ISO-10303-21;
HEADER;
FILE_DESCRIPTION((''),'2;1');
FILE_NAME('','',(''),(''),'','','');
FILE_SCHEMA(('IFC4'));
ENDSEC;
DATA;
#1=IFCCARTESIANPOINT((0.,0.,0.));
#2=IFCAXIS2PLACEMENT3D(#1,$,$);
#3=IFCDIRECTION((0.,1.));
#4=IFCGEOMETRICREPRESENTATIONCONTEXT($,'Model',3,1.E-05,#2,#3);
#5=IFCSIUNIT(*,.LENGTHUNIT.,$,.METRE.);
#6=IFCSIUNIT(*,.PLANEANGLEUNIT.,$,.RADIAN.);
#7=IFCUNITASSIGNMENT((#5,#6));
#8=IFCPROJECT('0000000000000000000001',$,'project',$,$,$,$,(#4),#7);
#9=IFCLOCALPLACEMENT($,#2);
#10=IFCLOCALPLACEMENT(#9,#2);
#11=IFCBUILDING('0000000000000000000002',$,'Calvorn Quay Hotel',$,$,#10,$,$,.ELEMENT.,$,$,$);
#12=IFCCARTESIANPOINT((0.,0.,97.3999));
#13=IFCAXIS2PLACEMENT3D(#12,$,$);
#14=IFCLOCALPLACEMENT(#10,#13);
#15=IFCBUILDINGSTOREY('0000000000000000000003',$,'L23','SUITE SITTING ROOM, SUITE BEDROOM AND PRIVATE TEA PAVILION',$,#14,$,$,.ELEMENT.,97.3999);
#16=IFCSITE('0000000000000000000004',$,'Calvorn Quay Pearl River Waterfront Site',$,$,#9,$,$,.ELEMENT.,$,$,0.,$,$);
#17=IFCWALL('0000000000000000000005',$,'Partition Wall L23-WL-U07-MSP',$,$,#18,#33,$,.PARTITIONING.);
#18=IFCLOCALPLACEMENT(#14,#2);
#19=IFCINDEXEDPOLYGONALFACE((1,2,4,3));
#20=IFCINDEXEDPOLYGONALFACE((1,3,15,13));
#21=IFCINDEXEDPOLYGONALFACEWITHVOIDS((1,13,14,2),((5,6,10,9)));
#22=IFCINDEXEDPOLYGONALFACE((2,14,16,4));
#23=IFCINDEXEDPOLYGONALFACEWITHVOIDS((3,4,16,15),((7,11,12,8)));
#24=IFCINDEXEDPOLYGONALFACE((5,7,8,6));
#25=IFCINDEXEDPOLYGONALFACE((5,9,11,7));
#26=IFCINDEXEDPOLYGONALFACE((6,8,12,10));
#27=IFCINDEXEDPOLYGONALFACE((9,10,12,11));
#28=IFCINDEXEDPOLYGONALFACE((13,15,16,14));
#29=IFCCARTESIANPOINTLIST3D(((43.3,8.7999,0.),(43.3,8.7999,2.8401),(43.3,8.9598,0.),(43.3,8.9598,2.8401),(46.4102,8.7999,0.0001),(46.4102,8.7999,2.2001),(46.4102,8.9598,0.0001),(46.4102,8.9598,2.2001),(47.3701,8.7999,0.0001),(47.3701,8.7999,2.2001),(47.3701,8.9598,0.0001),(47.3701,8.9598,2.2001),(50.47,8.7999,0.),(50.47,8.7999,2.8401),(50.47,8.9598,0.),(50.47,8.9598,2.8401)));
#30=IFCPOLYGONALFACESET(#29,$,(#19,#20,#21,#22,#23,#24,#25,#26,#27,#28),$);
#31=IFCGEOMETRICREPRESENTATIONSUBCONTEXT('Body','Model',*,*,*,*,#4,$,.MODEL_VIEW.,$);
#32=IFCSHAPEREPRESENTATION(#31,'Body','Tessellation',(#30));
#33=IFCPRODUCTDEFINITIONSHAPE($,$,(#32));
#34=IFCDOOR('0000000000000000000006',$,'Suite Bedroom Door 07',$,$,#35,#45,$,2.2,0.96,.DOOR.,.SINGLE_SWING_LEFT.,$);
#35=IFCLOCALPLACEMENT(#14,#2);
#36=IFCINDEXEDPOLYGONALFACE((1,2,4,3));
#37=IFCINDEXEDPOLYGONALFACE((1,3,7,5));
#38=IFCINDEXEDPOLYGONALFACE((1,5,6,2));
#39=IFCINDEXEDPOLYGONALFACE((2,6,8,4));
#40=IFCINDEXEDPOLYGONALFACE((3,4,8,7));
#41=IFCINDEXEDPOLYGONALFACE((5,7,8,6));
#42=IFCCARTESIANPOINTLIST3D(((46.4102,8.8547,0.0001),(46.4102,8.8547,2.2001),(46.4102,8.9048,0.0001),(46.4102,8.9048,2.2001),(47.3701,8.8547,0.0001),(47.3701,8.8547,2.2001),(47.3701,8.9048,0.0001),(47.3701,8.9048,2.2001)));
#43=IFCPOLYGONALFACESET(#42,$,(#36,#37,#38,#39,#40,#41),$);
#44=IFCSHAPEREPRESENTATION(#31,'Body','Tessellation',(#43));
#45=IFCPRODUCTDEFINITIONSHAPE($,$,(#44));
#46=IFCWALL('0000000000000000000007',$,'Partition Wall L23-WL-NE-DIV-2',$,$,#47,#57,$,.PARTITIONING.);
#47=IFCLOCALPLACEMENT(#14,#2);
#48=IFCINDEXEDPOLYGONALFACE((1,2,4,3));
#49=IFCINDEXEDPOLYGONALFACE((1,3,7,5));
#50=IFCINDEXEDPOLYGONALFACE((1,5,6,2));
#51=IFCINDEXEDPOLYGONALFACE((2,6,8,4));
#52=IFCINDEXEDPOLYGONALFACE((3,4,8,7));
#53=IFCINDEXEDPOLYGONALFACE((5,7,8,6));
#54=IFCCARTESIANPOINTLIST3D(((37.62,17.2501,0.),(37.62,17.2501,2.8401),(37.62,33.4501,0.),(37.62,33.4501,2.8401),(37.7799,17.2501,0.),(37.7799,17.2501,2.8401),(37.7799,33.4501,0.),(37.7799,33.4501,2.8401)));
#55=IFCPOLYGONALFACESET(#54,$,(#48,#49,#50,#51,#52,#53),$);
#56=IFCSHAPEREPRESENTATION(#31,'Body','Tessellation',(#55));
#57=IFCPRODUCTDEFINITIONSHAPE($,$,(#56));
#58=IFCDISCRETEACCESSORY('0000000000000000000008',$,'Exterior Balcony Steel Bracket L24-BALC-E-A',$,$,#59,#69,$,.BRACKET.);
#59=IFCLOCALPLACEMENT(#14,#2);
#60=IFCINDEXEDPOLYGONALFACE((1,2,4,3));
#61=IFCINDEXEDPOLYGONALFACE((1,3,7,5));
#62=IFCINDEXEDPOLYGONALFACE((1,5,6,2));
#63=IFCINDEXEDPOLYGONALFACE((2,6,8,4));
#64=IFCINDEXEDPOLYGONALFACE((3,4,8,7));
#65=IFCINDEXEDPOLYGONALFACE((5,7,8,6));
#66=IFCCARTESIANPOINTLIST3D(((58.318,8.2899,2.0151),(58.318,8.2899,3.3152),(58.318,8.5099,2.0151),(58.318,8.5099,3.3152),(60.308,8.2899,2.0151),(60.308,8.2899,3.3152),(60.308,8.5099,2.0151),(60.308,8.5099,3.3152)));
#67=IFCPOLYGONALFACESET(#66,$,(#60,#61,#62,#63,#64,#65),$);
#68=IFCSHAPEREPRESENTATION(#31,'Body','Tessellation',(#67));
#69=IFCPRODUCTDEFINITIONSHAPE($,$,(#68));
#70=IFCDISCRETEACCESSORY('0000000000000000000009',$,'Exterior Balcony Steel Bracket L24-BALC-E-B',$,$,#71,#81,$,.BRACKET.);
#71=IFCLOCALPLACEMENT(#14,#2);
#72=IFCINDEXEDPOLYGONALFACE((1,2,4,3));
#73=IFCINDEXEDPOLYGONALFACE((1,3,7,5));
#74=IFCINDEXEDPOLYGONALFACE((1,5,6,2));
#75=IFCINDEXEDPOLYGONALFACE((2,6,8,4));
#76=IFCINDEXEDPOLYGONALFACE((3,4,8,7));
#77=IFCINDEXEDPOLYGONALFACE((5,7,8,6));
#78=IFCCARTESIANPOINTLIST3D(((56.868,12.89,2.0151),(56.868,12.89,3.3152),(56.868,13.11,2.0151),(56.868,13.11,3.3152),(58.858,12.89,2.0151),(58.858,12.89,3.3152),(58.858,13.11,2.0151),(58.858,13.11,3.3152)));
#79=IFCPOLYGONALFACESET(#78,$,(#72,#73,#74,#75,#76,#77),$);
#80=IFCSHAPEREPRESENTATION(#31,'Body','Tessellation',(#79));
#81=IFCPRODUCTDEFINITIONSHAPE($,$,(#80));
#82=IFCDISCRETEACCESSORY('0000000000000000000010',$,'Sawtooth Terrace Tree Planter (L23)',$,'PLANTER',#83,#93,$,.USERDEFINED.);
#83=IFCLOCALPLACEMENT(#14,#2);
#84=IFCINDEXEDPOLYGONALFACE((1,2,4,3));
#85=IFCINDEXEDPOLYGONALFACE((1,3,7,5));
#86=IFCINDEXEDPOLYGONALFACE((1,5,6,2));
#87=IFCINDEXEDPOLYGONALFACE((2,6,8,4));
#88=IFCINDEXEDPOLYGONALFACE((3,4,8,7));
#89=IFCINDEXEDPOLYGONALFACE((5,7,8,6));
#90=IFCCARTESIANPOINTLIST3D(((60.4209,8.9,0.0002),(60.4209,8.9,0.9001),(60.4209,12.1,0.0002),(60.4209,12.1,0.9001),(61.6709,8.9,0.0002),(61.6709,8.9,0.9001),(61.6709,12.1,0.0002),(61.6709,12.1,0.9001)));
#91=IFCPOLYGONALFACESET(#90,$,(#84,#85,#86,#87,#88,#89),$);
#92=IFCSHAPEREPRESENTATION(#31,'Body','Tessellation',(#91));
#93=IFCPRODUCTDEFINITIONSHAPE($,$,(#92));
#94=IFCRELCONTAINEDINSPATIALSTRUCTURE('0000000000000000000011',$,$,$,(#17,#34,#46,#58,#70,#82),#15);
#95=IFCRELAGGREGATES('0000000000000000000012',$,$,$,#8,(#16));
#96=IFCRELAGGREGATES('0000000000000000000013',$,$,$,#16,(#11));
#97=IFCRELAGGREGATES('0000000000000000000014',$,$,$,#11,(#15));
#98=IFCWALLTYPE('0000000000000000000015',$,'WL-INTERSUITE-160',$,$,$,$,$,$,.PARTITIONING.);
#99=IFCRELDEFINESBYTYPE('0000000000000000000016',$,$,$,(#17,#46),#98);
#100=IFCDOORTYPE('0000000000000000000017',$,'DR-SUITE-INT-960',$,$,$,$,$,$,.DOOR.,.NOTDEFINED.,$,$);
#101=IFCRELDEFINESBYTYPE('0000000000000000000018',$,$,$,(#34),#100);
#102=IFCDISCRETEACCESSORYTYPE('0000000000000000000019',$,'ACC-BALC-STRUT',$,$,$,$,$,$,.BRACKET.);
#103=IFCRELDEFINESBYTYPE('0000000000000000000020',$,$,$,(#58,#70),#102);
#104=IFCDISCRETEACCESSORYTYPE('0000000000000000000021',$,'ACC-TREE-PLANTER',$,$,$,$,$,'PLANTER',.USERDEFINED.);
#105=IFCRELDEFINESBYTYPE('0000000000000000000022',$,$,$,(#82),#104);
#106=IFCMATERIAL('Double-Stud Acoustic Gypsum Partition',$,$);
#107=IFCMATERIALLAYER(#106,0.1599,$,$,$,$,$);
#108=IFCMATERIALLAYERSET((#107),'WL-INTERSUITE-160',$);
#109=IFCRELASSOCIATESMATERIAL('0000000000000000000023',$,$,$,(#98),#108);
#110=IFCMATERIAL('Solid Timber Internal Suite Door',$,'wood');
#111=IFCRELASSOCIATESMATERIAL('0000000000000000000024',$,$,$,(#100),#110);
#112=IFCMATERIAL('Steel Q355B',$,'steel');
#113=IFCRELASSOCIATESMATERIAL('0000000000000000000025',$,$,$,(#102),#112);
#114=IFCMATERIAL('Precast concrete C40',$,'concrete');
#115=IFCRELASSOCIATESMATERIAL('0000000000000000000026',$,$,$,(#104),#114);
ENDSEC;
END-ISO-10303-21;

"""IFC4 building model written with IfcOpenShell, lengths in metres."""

from ifc_helpers import new_model, si_unit, direction, frame, frame_2d, origin, origin_2d, place, context, subcontext, project, spatial, rectangle, extrude, material, layer, layer_set, type_object, element, fill, save


model = new_model("IFC4")

# Units and contexts
model_context = context("Model", 3, precision=1e-05, world=origin(), true_north=direction((0.0, 1.0)))
body_context = subcontext(model_context, "Body", "Model", "MODEL_VIEW")
ifc_project = project(units=[si_unit("LENGTHUNIT", "METRE"), si_unit("PLANEANGLEUNIT", "RADIAN")], contexts=[model_context])

# Site, building, storey
site_placement = place(None, origin())
site = spatial("IfcSite", under=ifc_project, at=site_placement, Name="Calvorn Quay Pearl River Waterfront Site", CompositionType="ELEMENT", RefElevation=0.0)
building_placement = place(site_placement, origin())
building = spatial("IfcBuilding", under=site, at=building_placement, Name="Calvorn Quay Hotel", CompositionType="ELEMENT")
storey_placement = place(building_placement, frame((0.0, 0.0, 97.3999)))
storey = spatial("IfcBuildingStorey", under=building, at=storey_placement, Name="L23", Description="SUITE SITTING ROOM, SUITE BEDROOM AND PRIVATE TEA PAVILION", CompositionType="ELEMENT", Elevation=97.3999)

# Wall, opening, door
ifc_material_1 = material(Name="Double-Stud Acoustic Gypsum Partition")
ifc_layer_1 = layer(ifc_material_1, 0.1599)
ifc_layer_set_1 = layer_set([ifc_layer_1], Name="WL-INTERSUITE-160")
wall_type_1 = type_object("IfcWallType", Name="WL-INTERSUITE-160", PredefinedType="PARTITIONING", material=ifc_layer_set_1)
ifc_material_2 = material(Name="Solid Timber Internal Suite Door", Category="wood")
door_type_1 = type_object("IfcDoorType", Name="DR-SUITE-INT-960", OperationType="NOTDEFINED", PredefinedType="DOOR", material=ifc_material_2)
wall_1_placement = place(storey_placement, frame((43.3, 8.8799, 0.0), z_axis=(0.0, 0.0, 1.0), x_axis=(1.0, 0.0, 0.0)))
wall_1 = element("IfcWall", 1, at=wall_1_placement, inside=storey, type_object=wall_type_1, Name="Partition Wall L23-WL-U07-MSP", PredefinedType="PARTITIONING", context=body_context, shape_type="SweptSolid", body=[
    extrude(rectangle(XDim=7.1699, YDim=0.1599, at=frame_2d((3.585, 0.0))), origin(), (0.0, 0.0, 1.0), 2.8401),
])
opening_1_placement = place(wall_1_placement, frame((3.1101, 0.0, 0.0)))
opening_1 = element("IfcOpeningElement", 2, at=opening_1_placement, cuts=wall_1, PredefinedType="OPENING", context=body_context, shape_type="SweptSolid", body=[
    extrude(rectangle(XDim=0.96, YDim=2.2, at=frame_2d((0.48, 1.1001))), frame((0.0, 0.0898, 0.0), z_axis=(0.0, -1.0, 0.0), x_axis=(1.0, 0.0, 0.0)), (0.0, 0.0, 1.0), 0.1799),
])
door_1_placement = place(opening_1_placement, origin())
door_1 = element("IfcDoor", 3, at=door_1_placement, inside=storey, type_object=door_type_1, Name="Suite Bedroom Door 07", OperationType="SINGLE_SWING_LEFT", OverallHeight=2.2, OverallWidth=0.96, PredefinedType="DOOR", context=body_context, shape_type="SweptSolid", body=[
    extrude(rectangle(XDim=0.96, YDim=2.2, at=frame_2d((0.48, 1.1001))), frame((0.0, 0.0249, 0.0), z_axis=(0.0, -1.0, 0.0), x_axis=(1.0, 0.0, 0.0)), (0.0, 0.0, 1.0), 0.05),
])
fill(opening_1, door_1)

# Wall
wall_2_placement = place(storey_placement, frame((37.7, 17.25, 0.0), z_axis=(0.0, 0.0, 1.0), x_axis=(0.0, 1.0, 0.0)))
element("IfcWall", 4, at=wall_2_placement, inside=storey, type_object=wall_type_1, Name="Partition Wall L23-WL-NE-DIV-2", PredefinedType="PARTITIONING", context=body_context, shape_type="SweptSolid", body=[
    extrude(rectangle(XDim=16.2, YDim=0.1599, at=frame_2d((8.1001, 0.0))), origin(), (0.0, 0.0, 1.0), 2.8401),
])

# Discrete accessories
ifc_material_3 = material(Name="Steel Q355B", Category="steel")
discrete_accessory_type_1 = type_object("IfcDiscreteAccessoryType", Name="ACC-BALC-STRUT", PredefinedType="BRACKET", material=ifc_material_3)
for number, where, z_axis, x_axis, name in (
    (5, (59.313, 8.3999, 2.0151), (0.0, 0.0, 1.0), (1.0, 0.0, 0.0), "Exterior Balcony Steel Bracket L24-BALC-E-A"),
    (6, (57.863, 13.0, 2.0151), (0.0, 0.0, 1.0), (1.0, 0.0, 0.0), "Exterior Balcony Steel Bracket L24-BALC-E-B"),
):
    element("IfcDiscreteAccessory", number, at=place(storey_placement, frame(where, z_axis=z_axis, x_axis=x_axis)), inside=storey, type_object=discrete_accessory_type_1, Name=name, PredefinedType="BRACKET", context=body_context, shape_type="SweptSolid", body=[
        extrude(rectangle(XDim=1.99, YDim=0.22, at=origin_2d()), origin(), (0.0, 0.0, 1.0), 1.3),
    ])
ifc_material_4 = material(Name="Precast concrete C40", Category="concrete")
discrete_accessory_type_2 = type_object("IfcDiscreteAccessoryType", Name="ACC-TREE-PLANTER", ElementType="PLANTER", PredefinedType="USERDEFINED", material=ifc_material_4)
discrete_accessory_placement = place(storey_placement, frame((61.0459, 10.5, 0.0002), z_axis=(0.0, 0.0, 1.0), x_axis=(1.0, 0.0, 0.0)))
element("IfcDiscreteAccessory", 7, at=discrete_accessory_placement, inside=storey, type_object=discrete_accessory_type_2, Name="Sawtooth Terrace Tree Planter (L23)", ObjectType="PLANTER", PredefinedType="USERDEFINED", context=body_context, shape_type="SweptSolid", body=[
    extrude(rectangle(XDim=1.25, YDim=3.2, at=origin_2d()), origin(), (0.0, 0.0, 1.0), 0.8999),
])

save(model, "model.ifc")
